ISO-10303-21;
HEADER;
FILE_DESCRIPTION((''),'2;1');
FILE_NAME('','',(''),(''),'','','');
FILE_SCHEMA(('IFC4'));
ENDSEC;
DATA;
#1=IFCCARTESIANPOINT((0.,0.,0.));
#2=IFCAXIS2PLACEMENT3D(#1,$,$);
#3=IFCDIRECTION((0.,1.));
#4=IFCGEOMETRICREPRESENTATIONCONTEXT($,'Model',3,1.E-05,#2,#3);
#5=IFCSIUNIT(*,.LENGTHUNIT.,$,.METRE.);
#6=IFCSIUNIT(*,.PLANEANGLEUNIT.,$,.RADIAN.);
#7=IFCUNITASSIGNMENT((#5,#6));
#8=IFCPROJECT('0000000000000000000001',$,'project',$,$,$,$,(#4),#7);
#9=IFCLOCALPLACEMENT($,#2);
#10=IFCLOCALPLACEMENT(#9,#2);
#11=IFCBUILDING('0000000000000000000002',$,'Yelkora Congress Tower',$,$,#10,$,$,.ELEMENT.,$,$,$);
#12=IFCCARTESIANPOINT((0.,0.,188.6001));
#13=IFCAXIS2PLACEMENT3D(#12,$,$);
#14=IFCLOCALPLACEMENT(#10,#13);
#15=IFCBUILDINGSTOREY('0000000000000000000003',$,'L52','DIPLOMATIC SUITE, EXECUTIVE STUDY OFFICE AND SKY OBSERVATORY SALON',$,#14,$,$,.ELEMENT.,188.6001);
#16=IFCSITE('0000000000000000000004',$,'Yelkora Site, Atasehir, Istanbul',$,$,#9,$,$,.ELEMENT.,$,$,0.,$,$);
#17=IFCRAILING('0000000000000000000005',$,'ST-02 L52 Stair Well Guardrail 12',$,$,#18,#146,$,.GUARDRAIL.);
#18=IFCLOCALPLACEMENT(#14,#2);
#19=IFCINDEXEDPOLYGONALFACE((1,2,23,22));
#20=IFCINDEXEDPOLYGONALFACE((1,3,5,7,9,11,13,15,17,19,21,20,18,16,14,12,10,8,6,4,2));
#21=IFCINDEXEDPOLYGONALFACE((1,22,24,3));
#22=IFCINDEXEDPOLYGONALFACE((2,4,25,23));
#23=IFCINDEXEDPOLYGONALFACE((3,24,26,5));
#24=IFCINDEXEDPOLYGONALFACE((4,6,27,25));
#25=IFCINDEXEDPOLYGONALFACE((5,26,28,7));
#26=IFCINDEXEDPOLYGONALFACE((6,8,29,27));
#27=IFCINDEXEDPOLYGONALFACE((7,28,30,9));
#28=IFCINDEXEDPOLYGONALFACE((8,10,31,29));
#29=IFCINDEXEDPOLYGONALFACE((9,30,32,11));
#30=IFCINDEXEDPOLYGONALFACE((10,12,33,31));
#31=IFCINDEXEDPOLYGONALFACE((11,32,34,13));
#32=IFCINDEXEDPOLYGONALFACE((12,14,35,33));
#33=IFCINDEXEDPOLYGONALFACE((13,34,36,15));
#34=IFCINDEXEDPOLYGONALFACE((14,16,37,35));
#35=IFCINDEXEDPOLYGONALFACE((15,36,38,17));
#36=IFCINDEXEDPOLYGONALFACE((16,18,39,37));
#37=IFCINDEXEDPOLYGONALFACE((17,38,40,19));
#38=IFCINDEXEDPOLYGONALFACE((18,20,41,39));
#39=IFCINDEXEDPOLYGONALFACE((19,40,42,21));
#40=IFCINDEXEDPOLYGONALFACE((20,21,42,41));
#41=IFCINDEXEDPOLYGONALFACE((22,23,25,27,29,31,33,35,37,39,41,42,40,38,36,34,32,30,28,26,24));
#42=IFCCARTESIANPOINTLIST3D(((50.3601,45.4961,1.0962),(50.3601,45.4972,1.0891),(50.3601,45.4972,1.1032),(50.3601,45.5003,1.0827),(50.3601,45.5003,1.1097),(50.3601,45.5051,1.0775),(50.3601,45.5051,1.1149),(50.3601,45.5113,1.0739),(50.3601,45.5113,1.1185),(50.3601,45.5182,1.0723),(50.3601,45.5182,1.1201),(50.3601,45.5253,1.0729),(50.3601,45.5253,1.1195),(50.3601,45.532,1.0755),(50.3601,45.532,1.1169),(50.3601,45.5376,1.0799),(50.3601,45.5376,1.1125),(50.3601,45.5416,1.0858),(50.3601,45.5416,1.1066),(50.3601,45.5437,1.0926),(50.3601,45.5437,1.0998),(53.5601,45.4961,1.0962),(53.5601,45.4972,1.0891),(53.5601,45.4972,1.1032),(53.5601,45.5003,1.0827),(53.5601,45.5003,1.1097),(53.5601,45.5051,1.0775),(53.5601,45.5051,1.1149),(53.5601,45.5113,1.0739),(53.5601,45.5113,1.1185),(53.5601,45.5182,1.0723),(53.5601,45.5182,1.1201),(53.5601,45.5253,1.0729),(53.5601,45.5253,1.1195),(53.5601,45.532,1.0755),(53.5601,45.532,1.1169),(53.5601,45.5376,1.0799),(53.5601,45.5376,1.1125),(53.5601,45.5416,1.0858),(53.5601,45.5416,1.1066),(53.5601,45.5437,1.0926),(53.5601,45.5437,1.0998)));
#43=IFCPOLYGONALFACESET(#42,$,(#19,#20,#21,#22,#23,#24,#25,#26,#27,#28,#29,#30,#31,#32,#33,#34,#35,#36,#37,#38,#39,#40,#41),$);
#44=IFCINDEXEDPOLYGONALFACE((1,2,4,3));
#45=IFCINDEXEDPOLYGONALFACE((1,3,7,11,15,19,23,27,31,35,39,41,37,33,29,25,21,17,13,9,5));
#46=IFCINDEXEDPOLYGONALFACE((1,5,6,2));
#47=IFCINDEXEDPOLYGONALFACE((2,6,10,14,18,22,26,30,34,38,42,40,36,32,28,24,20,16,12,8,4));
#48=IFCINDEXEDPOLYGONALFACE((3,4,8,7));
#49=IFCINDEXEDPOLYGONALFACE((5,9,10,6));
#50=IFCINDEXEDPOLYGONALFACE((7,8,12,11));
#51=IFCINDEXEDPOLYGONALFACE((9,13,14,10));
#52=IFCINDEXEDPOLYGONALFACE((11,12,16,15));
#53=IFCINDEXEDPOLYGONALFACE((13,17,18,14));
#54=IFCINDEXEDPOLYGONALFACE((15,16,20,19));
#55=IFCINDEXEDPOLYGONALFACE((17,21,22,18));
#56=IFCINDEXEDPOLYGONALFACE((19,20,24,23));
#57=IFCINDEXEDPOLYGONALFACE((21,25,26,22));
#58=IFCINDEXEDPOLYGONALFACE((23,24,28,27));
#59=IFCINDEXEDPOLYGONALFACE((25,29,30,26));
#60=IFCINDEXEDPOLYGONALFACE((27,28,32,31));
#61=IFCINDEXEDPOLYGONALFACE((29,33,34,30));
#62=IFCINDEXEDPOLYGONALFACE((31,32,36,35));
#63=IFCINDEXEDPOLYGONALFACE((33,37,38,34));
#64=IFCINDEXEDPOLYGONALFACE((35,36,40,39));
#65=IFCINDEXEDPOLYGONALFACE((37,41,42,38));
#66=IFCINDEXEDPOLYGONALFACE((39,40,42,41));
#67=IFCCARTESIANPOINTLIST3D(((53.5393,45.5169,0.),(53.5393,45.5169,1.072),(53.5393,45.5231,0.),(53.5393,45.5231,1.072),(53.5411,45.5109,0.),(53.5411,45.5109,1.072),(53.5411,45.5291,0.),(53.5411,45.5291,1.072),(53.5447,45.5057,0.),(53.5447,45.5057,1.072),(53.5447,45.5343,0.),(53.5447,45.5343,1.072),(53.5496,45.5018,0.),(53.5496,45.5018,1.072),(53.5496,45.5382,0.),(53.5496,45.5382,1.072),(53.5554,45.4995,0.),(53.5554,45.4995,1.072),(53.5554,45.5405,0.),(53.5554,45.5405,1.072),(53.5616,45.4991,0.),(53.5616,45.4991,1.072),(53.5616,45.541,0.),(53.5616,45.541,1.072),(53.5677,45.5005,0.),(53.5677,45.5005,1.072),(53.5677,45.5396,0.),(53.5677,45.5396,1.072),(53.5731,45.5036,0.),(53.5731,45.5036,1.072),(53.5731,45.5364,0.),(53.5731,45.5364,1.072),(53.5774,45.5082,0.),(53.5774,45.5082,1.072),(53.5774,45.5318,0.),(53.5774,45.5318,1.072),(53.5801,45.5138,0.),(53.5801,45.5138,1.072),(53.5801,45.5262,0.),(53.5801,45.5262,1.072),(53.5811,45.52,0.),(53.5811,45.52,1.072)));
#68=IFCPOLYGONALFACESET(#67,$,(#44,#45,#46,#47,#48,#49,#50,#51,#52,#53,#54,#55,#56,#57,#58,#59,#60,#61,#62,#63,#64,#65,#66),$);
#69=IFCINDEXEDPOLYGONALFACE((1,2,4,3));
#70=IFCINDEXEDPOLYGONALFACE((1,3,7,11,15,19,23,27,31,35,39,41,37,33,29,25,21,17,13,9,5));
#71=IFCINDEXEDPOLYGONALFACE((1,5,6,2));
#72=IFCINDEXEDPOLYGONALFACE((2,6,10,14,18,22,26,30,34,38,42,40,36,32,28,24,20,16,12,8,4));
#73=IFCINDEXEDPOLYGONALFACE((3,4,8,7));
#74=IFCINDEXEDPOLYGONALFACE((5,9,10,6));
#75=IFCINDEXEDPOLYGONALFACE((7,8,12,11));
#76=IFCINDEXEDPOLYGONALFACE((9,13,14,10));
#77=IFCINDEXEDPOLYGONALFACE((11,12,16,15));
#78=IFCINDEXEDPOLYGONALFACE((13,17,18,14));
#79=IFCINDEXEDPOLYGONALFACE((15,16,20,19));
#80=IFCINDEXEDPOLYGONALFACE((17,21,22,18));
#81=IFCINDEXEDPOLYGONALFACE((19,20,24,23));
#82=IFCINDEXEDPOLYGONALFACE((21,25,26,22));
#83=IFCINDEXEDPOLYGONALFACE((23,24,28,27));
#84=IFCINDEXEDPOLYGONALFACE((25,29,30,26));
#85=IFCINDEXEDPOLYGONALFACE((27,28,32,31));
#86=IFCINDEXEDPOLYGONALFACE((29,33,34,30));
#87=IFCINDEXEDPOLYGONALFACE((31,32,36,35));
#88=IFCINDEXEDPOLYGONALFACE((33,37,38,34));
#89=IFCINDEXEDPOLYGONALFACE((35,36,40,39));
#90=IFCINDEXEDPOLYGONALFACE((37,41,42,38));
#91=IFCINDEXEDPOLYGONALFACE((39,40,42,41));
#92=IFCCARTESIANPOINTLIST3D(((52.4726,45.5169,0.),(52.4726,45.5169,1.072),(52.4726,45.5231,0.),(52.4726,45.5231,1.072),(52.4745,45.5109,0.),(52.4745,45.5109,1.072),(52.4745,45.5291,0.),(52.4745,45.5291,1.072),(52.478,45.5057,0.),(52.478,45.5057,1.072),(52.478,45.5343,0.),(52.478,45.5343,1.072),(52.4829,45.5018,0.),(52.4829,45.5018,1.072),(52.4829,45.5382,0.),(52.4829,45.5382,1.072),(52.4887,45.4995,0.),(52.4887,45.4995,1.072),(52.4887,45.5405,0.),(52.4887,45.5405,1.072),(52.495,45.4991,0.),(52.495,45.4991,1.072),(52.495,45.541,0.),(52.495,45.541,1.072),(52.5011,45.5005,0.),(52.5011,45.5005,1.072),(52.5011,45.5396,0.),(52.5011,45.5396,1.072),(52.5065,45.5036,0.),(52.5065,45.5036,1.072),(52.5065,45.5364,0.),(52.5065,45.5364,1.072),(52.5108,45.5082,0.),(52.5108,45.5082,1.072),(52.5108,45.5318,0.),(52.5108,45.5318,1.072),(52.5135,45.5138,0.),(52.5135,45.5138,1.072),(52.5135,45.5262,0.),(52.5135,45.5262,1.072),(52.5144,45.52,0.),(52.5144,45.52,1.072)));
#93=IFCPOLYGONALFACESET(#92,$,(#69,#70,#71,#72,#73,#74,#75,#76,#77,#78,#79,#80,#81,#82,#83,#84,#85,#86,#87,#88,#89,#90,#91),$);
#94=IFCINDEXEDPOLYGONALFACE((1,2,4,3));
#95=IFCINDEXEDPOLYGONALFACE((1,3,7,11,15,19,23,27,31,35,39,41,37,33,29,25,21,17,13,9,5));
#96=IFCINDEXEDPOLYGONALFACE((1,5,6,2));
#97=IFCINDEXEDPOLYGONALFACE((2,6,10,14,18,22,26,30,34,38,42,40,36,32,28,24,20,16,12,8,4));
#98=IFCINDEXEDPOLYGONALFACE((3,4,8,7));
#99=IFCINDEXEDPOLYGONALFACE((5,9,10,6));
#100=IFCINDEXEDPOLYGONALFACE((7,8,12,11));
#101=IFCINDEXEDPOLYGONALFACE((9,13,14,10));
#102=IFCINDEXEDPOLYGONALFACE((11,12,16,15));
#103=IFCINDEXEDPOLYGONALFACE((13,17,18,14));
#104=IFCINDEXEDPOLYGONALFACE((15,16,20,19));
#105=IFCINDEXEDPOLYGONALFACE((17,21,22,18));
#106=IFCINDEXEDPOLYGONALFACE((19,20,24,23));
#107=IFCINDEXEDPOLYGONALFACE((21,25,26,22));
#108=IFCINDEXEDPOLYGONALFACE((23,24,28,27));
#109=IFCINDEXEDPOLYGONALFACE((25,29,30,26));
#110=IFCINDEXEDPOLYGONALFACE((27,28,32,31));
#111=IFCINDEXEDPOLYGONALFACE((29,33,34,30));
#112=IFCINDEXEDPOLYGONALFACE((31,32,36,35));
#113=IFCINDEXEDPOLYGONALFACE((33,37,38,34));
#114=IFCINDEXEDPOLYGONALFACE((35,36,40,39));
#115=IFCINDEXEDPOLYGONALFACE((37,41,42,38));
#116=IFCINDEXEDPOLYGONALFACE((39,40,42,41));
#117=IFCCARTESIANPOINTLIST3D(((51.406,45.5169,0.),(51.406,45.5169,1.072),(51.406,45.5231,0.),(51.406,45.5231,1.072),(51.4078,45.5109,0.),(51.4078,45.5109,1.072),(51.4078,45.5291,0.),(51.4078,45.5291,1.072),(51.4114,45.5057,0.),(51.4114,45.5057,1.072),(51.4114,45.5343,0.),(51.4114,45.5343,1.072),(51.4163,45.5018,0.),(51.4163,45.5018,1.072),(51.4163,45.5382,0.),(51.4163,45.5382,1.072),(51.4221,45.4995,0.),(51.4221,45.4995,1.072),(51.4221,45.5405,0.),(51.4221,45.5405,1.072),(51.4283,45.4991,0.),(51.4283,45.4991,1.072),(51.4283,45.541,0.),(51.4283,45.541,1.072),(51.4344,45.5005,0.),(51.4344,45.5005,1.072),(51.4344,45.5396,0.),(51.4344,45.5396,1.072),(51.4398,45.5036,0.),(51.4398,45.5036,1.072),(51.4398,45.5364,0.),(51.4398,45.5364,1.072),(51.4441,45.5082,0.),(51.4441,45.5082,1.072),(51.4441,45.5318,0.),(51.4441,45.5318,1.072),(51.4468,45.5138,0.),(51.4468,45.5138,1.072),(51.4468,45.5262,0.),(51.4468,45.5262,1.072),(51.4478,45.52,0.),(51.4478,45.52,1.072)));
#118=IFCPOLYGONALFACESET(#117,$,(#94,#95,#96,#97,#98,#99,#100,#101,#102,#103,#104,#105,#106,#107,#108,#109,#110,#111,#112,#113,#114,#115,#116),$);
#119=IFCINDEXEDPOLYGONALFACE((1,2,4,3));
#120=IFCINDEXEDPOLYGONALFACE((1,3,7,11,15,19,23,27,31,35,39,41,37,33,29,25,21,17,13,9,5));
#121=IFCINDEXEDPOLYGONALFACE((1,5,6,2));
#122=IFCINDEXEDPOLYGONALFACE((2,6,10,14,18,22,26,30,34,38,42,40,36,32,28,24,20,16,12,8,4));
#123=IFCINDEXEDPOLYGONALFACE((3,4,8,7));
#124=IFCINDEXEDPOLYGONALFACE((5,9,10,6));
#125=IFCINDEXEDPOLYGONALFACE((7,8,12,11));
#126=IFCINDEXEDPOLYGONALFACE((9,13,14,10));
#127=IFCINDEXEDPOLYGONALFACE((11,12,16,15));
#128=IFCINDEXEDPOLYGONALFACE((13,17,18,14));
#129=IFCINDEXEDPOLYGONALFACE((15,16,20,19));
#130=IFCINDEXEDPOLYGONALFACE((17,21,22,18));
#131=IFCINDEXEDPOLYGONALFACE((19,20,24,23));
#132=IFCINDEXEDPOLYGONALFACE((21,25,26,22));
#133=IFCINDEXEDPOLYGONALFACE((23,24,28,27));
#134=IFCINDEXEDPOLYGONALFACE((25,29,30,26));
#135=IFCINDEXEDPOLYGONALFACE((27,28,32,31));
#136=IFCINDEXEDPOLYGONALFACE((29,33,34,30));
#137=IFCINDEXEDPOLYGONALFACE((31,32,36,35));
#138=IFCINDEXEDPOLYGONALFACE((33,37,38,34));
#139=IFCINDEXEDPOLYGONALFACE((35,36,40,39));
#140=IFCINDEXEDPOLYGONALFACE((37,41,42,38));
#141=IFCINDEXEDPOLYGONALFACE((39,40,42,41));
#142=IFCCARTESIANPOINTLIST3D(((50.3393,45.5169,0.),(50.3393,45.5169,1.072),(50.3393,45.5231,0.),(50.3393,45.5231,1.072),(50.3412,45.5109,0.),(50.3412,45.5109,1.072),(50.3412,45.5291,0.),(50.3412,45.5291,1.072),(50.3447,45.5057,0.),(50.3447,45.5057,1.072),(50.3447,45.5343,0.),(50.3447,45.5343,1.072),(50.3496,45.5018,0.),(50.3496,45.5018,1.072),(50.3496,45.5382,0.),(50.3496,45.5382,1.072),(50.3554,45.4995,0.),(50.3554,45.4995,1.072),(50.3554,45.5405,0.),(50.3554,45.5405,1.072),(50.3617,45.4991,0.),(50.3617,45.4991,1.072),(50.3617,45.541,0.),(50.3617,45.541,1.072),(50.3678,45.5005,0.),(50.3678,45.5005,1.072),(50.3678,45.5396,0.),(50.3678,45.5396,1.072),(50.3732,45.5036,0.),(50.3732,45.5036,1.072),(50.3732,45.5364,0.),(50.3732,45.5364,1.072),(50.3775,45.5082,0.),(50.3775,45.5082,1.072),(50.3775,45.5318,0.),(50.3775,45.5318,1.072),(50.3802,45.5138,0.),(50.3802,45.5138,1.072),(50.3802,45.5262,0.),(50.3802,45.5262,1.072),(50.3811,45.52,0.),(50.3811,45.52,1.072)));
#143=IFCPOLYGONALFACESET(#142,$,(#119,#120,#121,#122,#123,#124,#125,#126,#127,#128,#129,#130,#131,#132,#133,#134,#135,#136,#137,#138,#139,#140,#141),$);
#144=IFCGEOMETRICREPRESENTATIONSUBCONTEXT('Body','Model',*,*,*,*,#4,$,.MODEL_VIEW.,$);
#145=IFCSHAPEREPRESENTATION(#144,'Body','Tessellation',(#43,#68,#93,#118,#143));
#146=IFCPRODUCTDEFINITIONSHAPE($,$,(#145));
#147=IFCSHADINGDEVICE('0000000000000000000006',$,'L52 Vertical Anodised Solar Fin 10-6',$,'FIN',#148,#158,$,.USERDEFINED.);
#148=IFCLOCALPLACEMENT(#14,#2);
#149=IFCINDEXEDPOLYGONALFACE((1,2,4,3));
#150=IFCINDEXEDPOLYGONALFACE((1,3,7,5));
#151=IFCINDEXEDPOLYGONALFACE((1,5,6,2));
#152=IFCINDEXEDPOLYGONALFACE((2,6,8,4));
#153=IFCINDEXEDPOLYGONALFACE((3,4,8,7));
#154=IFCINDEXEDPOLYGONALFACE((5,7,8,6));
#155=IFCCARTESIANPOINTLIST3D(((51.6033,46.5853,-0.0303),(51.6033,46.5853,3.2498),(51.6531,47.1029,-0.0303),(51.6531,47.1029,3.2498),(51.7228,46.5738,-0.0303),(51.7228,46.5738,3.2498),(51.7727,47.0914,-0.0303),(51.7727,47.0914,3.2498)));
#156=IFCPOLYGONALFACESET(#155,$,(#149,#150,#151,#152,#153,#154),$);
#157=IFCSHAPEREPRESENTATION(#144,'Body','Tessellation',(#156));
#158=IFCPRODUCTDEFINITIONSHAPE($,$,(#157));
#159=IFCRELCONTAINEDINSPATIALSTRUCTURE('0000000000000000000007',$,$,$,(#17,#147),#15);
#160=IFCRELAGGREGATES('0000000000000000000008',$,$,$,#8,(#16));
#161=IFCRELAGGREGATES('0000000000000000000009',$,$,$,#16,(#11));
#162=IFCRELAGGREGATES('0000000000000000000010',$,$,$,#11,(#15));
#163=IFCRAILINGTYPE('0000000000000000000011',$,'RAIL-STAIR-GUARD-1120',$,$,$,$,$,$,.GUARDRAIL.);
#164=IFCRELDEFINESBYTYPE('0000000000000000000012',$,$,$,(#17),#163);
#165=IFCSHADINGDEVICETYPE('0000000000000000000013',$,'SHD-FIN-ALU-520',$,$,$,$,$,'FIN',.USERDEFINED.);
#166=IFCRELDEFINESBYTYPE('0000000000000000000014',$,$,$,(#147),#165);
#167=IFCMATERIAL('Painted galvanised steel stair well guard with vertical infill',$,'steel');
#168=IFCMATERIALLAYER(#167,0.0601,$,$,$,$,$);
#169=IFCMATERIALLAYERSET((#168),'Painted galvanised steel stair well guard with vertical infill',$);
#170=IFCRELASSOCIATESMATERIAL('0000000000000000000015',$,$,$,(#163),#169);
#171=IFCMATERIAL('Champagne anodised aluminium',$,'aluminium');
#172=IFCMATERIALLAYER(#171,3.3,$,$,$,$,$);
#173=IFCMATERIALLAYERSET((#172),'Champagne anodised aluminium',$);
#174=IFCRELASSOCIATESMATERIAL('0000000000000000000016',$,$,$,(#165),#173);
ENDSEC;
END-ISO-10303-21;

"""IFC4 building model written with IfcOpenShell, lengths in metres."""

from ifc_helpers import new_model, si_unit, direction, frame, origin, origin_2d, place, context, subcontext, project, spatial, rectangle, circle, extrude, material, layer, layer_set, type_object, element, save


model = new_model("IFC4")

# Units and contexts
model_context = context("Model", 3, precision=1e-05, world=origin(), true_north=direction((0.0, 1.0)))
body_context = subcontext(model_context, "Body", "Model", "MODEL_VIEW")
ifc_project = project(units=[si_unit("LENGTHUNIT", "METRE"), si_unit("PLANEANGLEUNIT", "RADIAN")], contexts=[model_context])

# Site, building, storey
site_placement = place(None, origin())
site = spatial("IfcSite", under=ifc_project, at=site_placement, Name="Yelkora Site, Atasehir, Istanbul", CompositionType="ELEMENT", RefElevation=0.0)
building_placement = place(site_placement, origin())
building = spatial("IfcBuilding", under=site, at=building_placement, Name="Yelkora Congress Tower", CompositionType="ELEMENT")
storey_placement = place(building_placement, frame((0.0, 0.0, 188.6001)))
storey = spatial("IfcBuildingStorey", under=building, at=storey_placement, Name="L52", Description="DIPLOMATIC SUITE, EXECUTIVE STUDY OFFICE AND SKY OBSERVATORY SALON", CompositionType="ELEMENT", Elevation=188.6001)

# Railing
ifc_material_1 = material(Name="Painted galvanised steel stair well guard with vertical infill", Category="steel")
ifc_layer_1 = layer(ifc_material_1, 0.0601)
ifc_layer_set_1 = layer_set([ifc_layer_1], Name="Painted galvanised steel stair well guard with vertical infill")
railing_type = type_object("IfcRailingType", Name="RAIL-STAIR-GUARD-1120", PredefinedType="GUARDRAIL", material=ifc_layer_set_1)
railing_1_placement = place(storey_placement, frame((53.5601, 45.52, 0.0)))
element("IfcRailing", 1, at=railing_1_placement, inside=storey, type_object=railing_type, Name="ST-02 L52 Stair Well Guardrail 12", PredefinedType="GUARDRAIL", context=body_context, shape_type="SweptSolid", body=[
    extrude(circle(Radius=0.0239, at=origin_2d()), frame((0.0, 0.0, 1.0962), z_axis=(-1.0, 0.0, 0.0), x_axis=(0.0, -1.0, 0.0)), (0.0, 0.0, 1.0), 3.2),
    extrude(circle(Radius=0.021, at=origin_2d()), origin(), (0.0, 0.0, 1.0), 1.072),
    extrude(circle(Radius=0.021, at=origin_2d()), frame((-1.0667, 0.0, 0.0)), (0.0, 0.0, 1.0), 1.072),
    extrude(circle(Radius=0.021, at=origin_2d()), frame((-2.1333, 0.0, 0.0)), (0.0, 0.0, 1.0), 1.072),
    extrude(circle(Radius=0.021, at=origin_2d()), frame((-3.2, 0.0, 0.0)), (0.0, 0.0, 1.0), 1.072),
])

# Shading device
ifc_material_2 = material(Name="Champagne anodised aluminium", Category="aluminium")
ifc_layer_2 = layer(ifc_material_2, 3.3)
ifc_layer_set_2 = layer_set([ifc_layer_2], Name="Champagne anodised aluminium")
shading_device_type = type_object("IfcShadingDeviceType", Name="SHD-FIN-ALU-520", ElementType="FIN", PredefinedType="USERDEFINED", material=ifc_layer_set_2)
shading_device_placement = place(storey_placement, frame((51.688, 46.8384, -0.0303), z_axis=(0.0, 0.0, 1.0), x_axis=(0.995396, -0.095846, 0.0)))
element("IfcShadingDevice", 2, at=shading_device_placement, inside=storey, type_object=shading_device_type, Name="L52 Vertical Anodised Solar Fin 10-6", ObjectType="FIN", PredefinedType="USERDEFINED", context=body_context, shape_type="SweptSolid", body=[
    extrude(rectangle(XDim=0.1201, YDim=0.52, at=origin_2d()), origin(), (0.0, 0.0, 1.0), 3.28),
])

save(model, "model.ifc")
